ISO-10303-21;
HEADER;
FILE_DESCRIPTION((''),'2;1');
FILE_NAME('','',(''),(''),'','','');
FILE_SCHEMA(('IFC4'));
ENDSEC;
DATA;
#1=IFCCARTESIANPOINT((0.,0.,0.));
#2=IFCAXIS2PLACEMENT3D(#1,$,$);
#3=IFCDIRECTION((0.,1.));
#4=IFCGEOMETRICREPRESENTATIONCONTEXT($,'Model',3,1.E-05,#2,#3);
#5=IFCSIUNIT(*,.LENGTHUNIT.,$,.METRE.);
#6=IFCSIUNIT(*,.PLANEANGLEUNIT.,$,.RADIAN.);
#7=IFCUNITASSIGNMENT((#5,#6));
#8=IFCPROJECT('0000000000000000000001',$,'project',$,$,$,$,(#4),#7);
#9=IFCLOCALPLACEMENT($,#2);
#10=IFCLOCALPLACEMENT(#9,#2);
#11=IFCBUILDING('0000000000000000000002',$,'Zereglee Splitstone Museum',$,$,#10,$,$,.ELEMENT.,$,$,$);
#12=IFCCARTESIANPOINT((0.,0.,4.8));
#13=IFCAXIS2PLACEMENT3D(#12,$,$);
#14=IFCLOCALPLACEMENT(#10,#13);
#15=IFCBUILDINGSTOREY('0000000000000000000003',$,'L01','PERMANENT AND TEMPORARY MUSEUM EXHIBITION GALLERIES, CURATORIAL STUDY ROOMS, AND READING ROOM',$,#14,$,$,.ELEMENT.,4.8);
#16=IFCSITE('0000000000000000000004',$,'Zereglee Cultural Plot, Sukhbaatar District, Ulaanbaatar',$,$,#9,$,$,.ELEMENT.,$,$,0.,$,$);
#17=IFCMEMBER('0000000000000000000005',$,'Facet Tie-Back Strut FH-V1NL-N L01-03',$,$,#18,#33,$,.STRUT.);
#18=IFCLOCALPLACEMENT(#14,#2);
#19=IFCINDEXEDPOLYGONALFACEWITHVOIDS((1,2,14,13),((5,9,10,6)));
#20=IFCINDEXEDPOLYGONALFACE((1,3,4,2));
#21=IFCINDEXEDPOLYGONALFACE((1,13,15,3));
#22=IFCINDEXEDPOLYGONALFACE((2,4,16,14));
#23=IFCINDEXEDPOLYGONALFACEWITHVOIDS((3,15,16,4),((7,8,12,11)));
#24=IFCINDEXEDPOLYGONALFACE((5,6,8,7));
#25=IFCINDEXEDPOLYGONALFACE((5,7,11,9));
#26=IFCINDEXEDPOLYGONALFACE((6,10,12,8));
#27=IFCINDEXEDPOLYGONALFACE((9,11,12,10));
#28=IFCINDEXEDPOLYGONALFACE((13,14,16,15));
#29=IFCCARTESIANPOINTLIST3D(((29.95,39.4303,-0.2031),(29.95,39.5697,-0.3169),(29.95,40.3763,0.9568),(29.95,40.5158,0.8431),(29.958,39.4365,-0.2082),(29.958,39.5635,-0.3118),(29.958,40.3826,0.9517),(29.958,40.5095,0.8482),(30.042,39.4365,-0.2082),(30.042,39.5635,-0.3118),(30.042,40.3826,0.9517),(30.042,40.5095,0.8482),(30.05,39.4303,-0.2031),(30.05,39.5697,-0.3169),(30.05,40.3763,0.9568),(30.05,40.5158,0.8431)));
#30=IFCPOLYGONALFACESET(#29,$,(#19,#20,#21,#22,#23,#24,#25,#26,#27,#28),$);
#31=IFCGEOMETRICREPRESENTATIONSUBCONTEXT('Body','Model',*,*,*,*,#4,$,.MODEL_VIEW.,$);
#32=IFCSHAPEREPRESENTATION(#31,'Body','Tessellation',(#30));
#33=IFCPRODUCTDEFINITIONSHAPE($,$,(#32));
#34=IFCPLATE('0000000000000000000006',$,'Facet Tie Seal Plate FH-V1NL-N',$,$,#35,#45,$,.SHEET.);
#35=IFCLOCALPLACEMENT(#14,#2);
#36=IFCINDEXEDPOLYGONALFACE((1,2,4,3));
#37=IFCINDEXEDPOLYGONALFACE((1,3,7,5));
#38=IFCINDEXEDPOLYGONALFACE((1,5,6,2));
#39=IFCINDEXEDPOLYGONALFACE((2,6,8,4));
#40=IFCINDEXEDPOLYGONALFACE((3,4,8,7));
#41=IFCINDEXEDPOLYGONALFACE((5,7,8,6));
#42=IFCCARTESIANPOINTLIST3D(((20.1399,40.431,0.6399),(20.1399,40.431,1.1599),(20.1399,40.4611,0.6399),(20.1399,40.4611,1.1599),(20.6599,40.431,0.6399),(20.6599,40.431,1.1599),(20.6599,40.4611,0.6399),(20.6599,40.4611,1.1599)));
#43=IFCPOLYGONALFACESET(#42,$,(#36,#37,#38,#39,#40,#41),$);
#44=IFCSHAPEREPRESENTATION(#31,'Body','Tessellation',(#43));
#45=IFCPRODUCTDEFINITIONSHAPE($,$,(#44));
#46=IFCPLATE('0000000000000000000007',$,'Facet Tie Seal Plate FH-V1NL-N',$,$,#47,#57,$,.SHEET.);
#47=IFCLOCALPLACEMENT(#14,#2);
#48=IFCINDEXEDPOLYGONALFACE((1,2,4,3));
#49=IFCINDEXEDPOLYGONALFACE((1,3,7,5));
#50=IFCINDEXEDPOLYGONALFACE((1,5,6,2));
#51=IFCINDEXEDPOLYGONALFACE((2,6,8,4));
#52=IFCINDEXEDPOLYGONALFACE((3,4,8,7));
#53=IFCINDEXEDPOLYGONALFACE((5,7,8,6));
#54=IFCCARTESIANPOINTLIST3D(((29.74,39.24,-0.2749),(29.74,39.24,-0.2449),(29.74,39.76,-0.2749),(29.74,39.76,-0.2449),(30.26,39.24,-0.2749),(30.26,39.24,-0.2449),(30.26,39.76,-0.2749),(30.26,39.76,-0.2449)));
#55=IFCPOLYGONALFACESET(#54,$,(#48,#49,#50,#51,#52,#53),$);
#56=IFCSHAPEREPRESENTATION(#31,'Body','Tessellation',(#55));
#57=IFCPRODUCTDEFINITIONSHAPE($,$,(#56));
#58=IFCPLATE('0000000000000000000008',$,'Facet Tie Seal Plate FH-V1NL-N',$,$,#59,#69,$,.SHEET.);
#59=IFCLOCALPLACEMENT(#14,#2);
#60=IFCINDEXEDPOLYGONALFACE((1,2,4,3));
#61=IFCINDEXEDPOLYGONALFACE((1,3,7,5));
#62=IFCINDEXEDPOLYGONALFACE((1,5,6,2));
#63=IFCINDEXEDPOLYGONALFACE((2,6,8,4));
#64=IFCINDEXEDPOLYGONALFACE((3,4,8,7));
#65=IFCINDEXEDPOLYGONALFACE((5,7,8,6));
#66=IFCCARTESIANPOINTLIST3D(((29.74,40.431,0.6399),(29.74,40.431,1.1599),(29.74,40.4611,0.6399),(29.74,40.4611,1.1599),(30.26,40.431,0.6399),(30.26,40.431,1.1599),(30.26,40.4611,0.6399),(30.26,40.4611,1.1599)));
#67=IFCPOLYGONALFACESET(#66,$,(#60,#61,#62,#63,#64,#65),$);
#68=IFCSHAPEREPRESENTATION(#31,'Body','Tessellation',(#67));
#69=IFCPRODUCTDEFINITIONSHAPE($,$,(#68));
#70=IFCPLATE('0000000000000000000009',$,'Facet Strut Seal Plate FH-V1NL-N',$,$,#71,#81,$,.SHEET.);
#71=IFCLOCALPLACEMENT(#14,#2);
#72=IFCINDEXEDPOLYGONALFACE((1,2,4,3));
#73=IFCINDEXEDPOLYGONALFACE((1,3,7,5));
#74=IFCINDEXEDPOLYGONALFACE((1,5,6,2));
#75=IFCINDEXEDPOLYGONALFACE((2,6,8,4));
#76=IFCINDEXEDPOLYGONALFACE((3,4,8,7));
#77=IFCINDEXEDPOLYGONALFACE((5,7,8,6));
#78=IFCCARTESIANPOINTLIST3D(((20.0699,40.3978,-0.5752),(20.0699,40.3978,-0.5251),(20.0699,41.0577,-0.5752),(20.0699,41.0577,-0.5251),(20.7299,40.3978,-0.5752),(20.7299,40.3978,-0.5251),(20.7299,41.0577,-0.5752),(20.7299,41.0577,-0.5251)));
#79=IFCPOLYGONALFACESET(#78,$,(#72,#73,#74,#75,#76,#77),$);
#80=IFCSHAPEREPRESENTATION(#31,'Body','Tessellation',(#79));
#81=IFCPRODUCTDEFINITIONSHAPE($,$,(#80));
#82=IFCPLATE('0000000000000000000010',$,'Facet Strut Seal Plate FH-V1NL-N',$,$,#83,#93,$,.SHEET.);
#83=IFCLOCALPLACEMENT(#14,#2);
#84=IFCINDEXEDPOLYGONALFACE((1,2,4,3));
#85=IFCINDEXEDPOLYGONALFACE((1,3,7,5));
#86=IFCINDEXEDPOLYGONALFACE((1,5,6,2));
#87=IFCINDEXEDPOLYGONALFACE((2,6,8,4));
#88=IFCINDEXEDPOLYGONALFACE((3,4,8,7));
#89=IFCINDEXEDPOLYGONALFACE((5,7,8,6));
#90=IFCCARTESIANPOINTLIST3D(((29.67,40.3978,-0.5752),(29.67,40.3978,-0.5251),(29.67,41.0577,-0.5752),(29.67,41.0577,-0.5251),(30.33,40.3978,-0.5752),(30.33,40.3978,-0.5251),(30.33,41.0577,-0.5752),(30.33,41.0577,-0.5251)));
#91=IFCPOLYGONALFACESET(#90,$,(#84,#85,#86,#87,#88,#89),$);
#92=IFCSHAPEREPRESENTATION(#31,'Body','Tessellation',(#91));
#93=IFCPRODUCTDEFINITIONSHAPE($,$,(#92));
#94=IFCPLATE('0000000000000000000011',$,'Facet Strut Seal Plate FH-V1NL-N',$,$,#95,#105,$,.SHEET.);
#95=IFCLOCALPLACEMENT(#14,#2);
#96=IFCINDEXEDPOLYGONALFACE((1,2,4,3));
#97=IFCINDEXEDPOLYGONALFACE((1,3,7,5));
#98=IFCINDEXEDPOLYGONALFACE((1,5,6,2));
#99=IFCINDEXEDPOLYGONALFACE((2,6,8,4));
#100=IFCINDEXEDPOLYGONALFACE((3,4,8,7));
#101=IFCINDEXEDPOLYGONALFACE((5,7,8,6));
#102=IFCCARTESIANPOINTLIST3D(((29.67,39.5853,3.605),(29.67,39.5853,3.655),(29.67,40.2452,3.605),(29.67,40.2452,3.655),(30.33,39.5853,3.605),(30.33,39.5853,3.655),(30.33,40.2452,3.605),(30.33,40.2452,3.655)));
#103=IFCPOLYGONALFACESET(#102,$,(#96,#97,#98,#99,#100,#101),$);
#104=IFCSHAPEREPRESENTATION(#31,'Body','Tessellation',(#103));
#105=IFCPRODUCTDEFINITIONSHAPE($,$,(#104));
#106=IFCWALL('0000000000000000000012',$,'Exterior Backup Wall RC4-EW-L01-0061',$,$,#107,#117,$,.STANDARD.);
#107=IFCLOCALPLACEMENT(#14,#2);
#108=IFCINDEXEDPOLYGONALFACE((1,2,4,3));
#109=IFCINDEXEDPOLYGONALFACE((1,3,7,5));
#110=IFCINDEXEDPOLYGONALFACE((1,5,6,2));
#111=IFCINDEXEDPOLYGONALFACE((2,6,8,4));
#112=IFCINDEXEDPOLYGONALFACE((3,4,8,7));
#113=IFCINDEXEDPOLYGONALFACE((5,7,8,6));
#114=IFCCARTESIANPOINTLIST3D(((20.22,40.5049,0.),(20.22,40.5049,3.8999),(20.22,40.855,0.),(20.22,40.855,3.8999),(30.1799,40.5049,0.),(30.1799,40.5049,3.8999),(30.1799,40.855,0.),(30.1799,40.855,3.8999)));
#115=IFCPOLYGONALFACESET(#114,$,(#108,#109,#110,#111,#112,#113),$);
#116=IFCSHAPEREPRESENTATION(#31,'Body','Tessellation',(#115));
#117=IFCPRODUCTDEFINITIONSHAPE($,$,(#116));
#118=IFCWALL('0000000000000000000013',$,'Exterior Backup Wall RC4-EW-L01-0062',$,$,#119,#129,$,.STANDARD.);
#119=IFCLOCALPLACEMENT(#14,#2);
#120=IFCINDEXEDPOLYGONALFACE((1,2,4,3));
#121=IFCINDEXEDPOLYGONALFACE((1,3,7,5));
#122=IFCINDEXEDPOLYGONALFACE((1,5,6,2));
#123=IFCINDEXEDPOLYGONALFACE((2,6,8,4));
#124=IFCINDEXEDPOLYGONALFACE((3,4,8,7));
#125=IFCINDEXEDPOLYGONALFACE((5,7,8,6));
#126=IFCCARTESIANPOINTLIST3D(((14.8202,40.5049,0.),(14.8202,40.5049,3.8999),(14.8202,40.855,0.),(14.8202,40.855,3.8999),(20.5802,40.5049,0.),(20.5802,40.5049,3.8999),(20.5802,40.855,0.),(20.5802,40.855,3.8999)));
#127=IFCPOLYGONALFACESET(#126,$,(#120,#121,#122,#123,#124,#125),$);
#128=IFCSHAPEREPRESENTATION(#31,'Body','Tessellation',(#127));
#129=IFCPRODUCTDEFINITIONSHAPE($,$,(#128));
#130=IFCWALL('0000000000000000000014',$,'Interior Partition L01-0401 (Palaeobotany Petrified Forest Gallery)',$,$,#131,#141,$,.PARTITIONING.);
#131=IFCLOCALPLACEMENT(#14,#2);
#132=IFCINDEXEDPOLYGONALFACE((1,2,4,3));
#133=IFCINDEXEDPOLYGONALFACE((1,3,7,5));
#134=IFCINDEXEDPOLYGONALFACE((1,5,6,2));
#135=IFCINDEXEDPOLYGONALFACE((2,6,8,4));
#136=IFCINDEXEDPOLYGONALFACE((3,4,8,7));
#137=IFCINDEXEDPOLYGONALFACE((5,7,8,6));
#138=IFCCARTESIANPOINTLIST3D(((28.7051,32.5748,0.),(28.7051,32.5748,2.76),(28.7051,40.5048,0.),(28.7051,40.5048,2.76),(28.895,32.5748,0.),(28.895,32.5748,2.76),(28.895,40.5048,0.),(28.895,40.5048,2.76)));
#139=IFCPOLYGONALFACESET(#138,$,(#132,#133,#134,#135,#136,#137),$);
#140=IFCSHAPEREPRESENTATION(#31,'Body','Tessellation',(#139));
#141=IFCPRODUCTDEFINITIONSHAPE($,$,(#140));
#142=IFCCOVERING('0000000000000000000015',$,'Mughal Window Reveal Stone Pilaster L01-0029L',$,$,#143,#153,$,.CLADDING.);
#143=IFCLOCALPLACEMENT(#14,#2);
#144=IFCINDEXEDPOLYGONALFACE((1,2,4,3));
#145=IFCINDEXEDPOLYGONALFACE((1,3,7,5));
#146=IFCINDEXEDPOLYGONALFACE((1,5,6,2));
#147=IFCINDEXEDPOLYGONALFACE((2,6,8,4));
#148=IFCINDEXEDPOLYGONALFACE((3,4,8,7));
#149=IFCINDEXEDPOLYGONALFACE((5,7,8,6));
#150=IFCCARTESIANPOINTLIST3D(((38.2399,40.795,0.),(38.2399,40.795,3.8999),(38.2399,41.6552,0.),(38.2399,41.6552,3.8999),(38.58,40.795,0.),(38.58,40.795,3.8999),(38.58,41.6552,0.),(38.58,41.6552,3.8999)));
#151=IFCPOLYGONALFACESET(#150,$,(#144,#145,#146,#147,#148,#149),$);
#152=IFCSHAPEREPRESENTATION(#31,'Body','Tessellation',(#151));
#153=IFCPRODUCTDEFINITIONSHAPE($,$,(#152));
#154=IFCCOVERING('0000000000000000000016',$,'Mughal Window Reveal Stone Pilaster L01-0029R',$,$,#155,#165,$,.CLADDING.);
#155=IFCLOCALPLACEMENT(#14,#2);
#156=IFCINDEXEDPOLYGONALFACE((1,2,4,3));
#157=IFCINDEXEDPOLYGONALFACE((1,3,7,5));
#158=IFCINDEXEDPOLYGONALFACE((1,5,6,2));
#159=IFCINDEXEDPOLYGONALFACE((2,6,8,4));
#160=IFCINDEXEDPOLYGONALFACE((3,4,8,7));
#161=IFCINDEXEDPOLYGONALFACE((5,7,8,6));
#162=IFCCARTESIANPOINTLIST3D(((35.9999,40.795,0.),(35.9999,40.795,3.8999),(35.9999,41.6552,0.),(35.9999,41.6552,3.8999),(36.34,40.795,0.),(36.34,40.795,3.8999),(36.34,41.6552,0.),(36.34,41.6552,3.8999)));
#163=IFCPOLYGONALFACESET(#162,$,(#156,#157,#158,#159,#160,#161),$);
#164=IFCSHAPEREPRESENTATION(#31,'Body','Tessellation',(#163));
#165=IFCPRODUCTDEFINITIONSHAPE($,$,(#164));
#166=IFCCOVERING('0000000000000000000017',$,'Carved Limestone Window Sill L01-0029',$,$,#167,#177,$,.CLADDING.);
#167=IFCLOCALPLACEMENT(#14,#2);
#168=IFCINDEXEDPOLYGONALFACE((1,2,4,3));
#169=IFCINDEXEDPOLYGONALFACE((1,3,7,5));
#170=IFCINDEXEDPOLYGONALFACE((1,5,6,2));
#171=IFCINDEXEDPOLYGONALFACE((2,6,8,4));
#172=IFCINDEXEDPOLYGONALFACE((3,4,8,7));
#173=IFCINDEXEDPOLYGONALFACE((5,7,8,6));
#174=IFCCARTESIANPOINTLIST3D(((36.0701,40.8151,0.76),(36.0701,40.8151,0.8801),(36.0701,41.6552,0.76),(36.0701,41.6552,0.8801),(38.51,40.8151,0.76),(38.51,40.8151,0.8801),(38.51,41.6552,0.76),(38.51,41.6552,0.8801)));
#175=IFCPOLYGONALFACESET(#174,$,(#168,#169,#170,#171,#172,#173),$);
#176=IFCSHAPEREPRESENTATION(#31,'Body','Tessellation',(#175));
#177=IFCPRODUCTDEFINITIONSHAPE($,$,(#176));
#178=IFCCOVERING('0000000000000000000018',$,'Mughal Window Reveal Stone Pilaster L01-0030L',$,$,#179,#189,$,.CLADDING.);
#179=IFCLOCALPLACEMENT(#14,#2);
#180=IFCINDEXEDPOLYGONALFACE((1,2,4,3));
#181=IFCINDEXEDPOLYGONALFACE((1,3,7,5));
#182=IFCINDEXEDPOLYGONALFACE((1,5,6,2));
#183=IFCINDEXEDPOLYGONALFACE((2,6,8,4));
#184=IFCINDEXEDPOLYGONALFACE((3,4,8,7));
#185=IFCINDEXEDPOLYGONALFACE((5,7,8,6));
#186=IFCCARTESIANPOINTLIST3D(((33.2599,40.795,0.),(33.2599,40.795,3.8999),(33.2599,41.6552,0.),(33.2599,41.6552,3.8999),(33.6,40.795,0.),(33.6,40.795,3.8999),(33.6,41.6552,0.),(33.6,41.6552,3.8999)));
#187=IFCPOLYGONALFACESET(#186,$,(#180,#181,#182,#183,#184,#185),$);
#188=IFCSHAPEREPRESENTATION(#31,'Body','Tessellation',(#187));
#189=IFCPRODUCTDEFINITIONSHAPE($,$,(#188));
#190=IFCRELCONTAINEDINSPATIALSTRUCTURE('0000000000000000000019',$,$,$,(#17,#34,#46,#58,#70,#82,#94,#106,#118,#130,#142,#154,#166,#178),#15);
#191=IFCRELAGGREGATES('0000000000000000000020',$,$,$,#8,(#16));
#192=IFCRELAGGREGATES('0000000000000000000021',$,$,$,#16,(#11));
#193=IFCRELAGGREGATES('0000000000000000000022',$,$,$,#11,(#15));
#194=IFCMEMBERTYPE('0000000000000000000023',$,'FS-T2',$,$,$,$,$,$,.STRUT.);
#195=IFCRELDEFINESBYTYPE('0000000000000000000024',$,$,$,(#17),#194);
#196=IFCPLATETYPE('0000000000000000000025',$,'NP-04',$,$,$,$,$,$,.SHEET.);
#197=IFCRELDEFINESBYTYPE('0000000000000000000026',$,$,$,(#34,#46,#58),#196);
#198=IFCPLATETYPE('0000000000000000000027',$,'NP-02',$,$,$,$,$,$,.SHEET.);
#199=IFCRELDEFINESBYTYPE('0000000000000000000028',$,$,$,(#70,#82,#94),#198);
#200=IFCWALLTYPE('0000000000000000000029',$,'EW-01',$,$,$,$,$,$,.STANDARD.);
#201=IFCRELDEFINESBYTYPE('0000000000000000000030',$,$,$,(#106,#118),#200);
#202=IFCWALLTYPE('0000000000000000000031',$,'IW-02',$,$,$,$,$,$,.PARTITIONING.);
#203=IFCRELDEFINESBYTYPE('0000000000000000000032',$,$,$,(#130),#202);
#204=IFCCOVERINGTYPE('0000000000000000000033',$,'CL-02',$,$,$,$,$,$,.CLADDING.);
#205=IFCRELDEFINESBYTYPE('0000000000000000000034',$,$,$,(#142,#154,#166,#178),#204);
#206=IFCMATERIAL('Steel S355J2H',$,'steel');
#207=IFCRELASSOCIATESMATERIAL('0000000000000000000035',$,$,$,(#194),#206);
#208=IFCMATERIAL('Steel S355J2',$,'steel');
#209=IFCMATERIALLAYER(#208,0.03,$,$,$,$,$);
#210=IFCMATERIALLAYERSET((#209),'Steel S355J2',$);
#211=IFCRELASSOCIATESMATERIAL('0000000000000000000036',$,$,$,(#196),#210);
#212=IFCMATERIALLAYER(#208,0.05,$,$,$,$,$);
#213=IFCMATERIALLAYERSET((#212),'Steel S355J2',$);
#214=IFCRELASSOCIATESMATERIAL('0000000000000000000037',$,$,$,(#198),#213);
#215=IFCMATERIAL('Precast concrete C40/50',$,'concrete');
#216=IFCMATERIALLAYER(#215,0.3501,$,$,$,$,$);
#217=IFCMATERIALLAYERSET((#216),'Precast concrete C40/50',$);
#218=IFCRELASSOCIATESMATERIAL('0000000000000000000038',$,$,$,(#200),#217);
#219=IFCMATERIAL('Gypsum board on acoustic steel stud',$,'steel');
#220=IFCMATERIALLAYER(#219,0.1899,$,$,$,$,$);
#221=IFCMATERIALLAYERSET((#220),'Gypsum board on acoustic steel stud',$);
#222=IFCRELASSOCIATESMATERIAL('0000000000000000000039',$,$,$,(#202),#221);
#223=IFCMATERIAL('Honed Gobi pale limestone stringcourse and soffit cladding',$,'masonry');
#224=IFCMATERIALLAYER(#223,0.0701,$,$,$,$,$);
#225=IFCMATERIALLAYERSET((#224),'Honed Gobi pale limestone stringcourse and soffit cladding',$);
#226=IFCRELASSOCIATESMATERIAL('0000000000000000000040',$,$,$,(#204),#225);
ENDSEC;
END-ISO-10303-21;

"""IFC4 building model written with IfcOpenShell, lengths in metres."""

from ifc_helpers import new_model, si_unit, direction, frame, frame_2d, origin, origin_2d, place, context, subcontext, project, spatial, rectangle, hollow_rectangle, extrude, material, layer, layer_set, material_profile, profile_set, type_object, element, save


model = new_model("IFC4")

# Units and contexts
model_context = context("Model", 3, precision=1e-05, world=origin(), true_north=direction((0.0, 1.0)))
body_context = subcontext(model_context, "Body", "Model", "MODEL_VIEW")
ifc_project = project(units=[si_unit("LENGTHUNIT", "METRE"), si_unit("PLANEANGLEUNIT", "RADIAN")], contexts=[model_context])

# Site, building, storey
site_placement = place(None, origin())
site = spatial("IfcSite", under=ifc_project, at=site_placement, Name="Zereglee Cultural Plot, Sukhbaatar District, Ulaanbaatar", CompositionType="ELEMENT", RefElevation=0.0)
building_placement = place(site_placement, origin())
building = spatial("IfcBuilding", under=site, at=building_placement, Name="Zereglee Splitstone Museum", CompositionType="ELEMENT")
storey_placement = place(building_placement, frame((0.0, 0.0, 4.8)))
storey = spatial("IfcBuildingStorey", under=building, at=storey_placement, Name="L01", Description="PERMANENT AND TEMPORARY MUSEUM EXHIBITION GALLERIES, CURATORIAL STUDY ROOMS, AND READING ROOM", CompositionType="ELEMENT", Elevation=4.8)

# Shared definitions
ifc_material_1 = material(Name="Steel S355J2H", Category="steel")
ifc_material_2 = material(Name="Steel S355J2", Category="steel")

# Member
ifc_material_profile_1 = material_profile(ifc_material_1, hollow_rectangle(XDim=0.1001, YDim=0.1799, WallThickness=0.0081, at=origin_2d()), Name="RHS 180x100x8")
ifc_profile_set_1 = profile_set([ifc_material_profile_1], Name="Steel S355J2H")
member_type_1 = type_object("IfcMemberType", Name="FS-T2", PredefinedType="STRUT", material=ifc_profile_set_1)
member_placement = place(storey_placement, frame((30.0, 39.5, -0.26), z_axis=(0.0, 0.632047, 0.77493), x_axis=(-1.0, 0.0, 0.0)))
element("IfcMember", 1, at=member_placement, inside=storey, type_object=member_type_1, Name="Facet Tie-Back Strut FH-V1NL-N L01-03", PredefinedType="STRUT", context=body_context, shape_type="SweptSolid", body=[
    extrude(hollow_rectangle(XDim=0.1001, YDim=0.1799, WallThickness=0.0081, at=origin_2d()), origin(), (0.0, 0.0, 1.0), 1.4968),
])

# Plates
ifc_layer_1 = layer(ifc_material_2, 0.03)
ifc_layer_set_1 = layer_set([ifc_layer_1], Name="Steel S355J2")
plate_type_1 = type_object("IfcPlateType", Name="NP-04", PredefinedType="SHEET", material=ifc_layer_set_1)
plate_1_placement = place(storey_placement, frame((20.3999, 40.446, 0.6399), z_axis=(0.0, 0.0, 1.0), x_axis=(1.0, 0.0, 0.0)))
element("IfcPlate", 2, at=plate_1_placement, inside=storey, type_object=plate_type_1, Name="Facet Tie Seal Plate FH-V1NL-N", PredefinedType="SHEET", context=body_context, shape_type="SweptSolid", body=[
    extrude(rectangle(XDim=0.52, YDim=0.03, at=origin_2d()), origin(), (0.0, 0.0, 1.0), 0.52),
])
plate_2_placement = place(storey_placement, frame((30.0, 39.5, -0.2749), z_axis=(0.0, 0.0, 1.0), x_axis=(1.0, 0.0, 0.0)))
element("IfcPlate", 3, at=plate_2_placement, inside=storey, type_object=plate_type_1, Name="Facet Tie Seal Plate FH-V1NL-N", PredefinedType="SHEET", context=body_context, shape_type="SweptSolid", body=[
    extrude(rectangle(XDim=0.52, YDim=0.52, at=origin_2d()), origin(), (0.0, 0.0, 1.0), 0.03),
])
plate_3_placement = place(storey_placement, frame((30.0, 40.446, 0.6399), z_axis=(0.0, 0.0, 1.0), x_axis=(1.0, 0.0, 0.0)))
element("IfcPlate", 4, at=plate_3_placement, inside=storey, type_object=plate_type_1, Name="Facet Tie Seal Plate FH-V1NL-N", PredefinedType="SHEET", context=body_context, shape_type="SweptSolid", body=[
    extrude(rectangle(XDim=0.52, YDim=0.03, at=origin_2d()), origin(), (0.0, 0.0, 1.0), 0.52),
])
ifc_layer_2 = layer(ifc_material_2, 0.05)
ifc_layer_set_2 = layer_set([ifc_layer_2], Name="Steel S355J2")
plate_type_2 = type_object("IfcPlateType", Name="NP-02", PredefinedType="SHEET", material=ifc_layer_set_2)
for number, where, z_axis, x_axis, name in (
    (5, (20.3999, 40.7278, -0.5752), (0.0, 0.0, 1.0), (1.0, 0.0, 0.0), "Facet Strut Seal Plate FH-V1NL-N"),
    (6, (30.0, 40.7278, -0.5752), (0.0, 0.0, 1.0), (1.0, 0.0, 0.0), "Facet Strut Seal Plate FH-V1NL-N"),
    (7, (30.0, 39.9153, 3.605), (0.0, 0.0, 1.0), (1.0, 0.0, 0.0), "Facet Strut Seal Plate FH-V1NL-N"),
):
    element("IfcPlate", number, at=place(storey_placement, frame(where, z_axis=z_axis, x_axis=x_axis)), inside=storey, type_object=plate_type_2, Name=name, PredefinedType="SHEET", context=body_context, shape_type="SweptSolid", body=[
        extrude(rectangle(XDim=0.6599, YDim=0.6599, at=origin_2d()), origin(), (0.0, 0.0, 1.0), 0.05),
    ])

# Walls
ifc_material_3 = material(Name="Precast concrete C40/50", Category="concrete")
ifc_layer_3 = layer(ifc_material_3, 0.3501)
ifc_layer_set_3 = layer_set([ifc_layer_3], Name="Precast concrete C40/50")
wall_type_1 = type_object("IfcWallType", Name="EW-01", PredefinedType="STANDARD", material=ifc_layer_set_3)
wall_1_placement = place(storey_placement, frame((30.1799, 40.6799, 0.0), z_axis=(0.0, 0.0, 1.0), x_axis=(-1.0, 0.0, 0.0)))
element("IfcWall", 8, at=wall_1_placement, inside=storey, type_object=wall_type_1, Name="Exterior Backup Wall RC4-EW-L01-0061", PredefinedType="STANDARD", context=body_context, shape_type="SweptSolid", body=[
    extrude(rectangle(XDim=9.96, YDim=0.3501, at=frame_2d((4.98, 0.0))), origin(), (0.0, 0.0, 1.0), 3.8999),
])
wall_2_placement = place(storey_placement, frame((20.5801, 40.6799, 0.0), z_axis=(0.0, 0.0, 1.0), x_axis=(-1.0, 0.0, 0.0)))
element("IfcWall", 9, at=wall_2_placement, inside=storey, type_object=wall_type_1, Name="Exterior Backup Wall RC4-EW-L01-0062", PredefinedType="STANDARD", context=body_context, shape_type="SweptSolid", body=[
    extrude(rectangle(XDim=5.76, YDim=0.3501, at=frame_2d((2.8799, 0.0))), origin(), (0.0, 0.0, 1.0), 3.8999),
])
ifc_material_4 = material(Name="Gypsum board on acoustic steel stud", Category="steel")
ifc_layer_4 = layer(ifc_material_4, 0.1899)
ifc_layer_set_4 = layer_set([ifc_layer_4], Name="Gypsum board on acoustic steel stud")
wall_type_2 = type_object("IfcWallType", Name="IW-02", PredefinedType="PARTITIONING", material=ifc_layer_set_4)
wall_3_placement = place(storey_placement, frame((28.8, 32.575, 0.0), z_axis=(0.0, 0.0, 1.0), x_axis=(0.0, 1.0, 0.0)))
element("IfcWall", 10, at=wall_3_placement, inside=storey, type_object=wall_type_2, Name="Interior Partition L01-0401 (Palaeobotany Petrified Forest Gallery)", PredefinedType="PARTITIONING", context=body_context, shape_type="SweptSolid", body=[
    extrude(rectangle(XDim=7.9299, YDim=0.1899, at=frame_2d((3.9648, 0.0))), origin(), (0.0, 0.0, 1.0), 2.76),
])

# Coverings
ifc_material_5 = material(Name="Honed Gobi pale limestone stringcourse and soffit cladding", Category="masonry")
ifc_layer_5 = layer(ifc_material_5, 0.0701)
ifc_layer_set_5 = layer_set([ifc_layer_5], Name="Honed Gobi pale limestone stringcourse and soffit cladding")
covering_type_1 = type_object("IfcCoveringType", Name="CL-02", PredefinedType="CLADDING", material=ifc_layer_set_5)
for number, where, z_axis, x_axis, name in (
    (11, (38.4099, 41.2251, 0.0), (0.0, 0.0, 1.0), (-1.0, 0.0, 0.0), "Mughal Window Reveal Stone Pilaster L01-0029L"),
    (12, (36.1699, 41.2251, 0.0), (0.0, 0.0, 1.0), (-1.0, 0.0, 0.0), "Mughal Window Reveal Stone Pilaster L01-0029R"),
):
    element("IfcCovering", number, at=place(storey_placement, frame(where, z_axis=z_axis, x_axis=x_axis)), inside=storey, type_object=covering_type_1, Name=name, PredefinedType="CLADDING", context=body_context, shape_type="SweptSolid", body=[
        extrude(rectangle(XDim=0.3401, YDim=0.8601, at=origin_2d()), origin(), (0.0, 0.0, 1.0), 3.8999),
    ])
covering_1_placement = place(storey_placement, frame((37.29, 41.2351, 0.76), z_axis=(0.0, 0.0, 1.0), x_axis=(-1.0, 0.0, 0.0)))
element("IfcCovering", 13, at=covering_1_placement, inside=storey, type_object=covering_type_1, Name="Carved Limestone Window Sill L01-0029", PredefinedType="CLADDING", context=body_context, shape_type="SweptSolid", body=[
    extrude(rectangle(XDim=2.4399, YDim=0.8401, at=origin_2d()), origin(), (0.0, 0.0, 1.0), 0.1201),
])
for number, where, z_axis, x_axis, name in (
    (14, (33.4299, 41.2251, 0.0), (0.0, 0.0, 1.0), (-1.0, 0.0, 0.0), "Mughal Window Reveal Stone Pilaster L01-0030L"),
):
    element("IfcCovering", number, at=place(storey_placement, frame(where, z_axis=z_axis, x_axis=x_axis)), inside=storey, type_object=covering_type_1, Name=name, PredefinedType="CLADDING", context=body_context, shape_type="SweptSolid", body=[
        extrude(rectangle(XDim=0.3401, YDim=0.8601, at=origin_2d()), origin(), (0.0, 0.0, 1.0), 3.8999),
    ])

save(model, "model.ifc")
